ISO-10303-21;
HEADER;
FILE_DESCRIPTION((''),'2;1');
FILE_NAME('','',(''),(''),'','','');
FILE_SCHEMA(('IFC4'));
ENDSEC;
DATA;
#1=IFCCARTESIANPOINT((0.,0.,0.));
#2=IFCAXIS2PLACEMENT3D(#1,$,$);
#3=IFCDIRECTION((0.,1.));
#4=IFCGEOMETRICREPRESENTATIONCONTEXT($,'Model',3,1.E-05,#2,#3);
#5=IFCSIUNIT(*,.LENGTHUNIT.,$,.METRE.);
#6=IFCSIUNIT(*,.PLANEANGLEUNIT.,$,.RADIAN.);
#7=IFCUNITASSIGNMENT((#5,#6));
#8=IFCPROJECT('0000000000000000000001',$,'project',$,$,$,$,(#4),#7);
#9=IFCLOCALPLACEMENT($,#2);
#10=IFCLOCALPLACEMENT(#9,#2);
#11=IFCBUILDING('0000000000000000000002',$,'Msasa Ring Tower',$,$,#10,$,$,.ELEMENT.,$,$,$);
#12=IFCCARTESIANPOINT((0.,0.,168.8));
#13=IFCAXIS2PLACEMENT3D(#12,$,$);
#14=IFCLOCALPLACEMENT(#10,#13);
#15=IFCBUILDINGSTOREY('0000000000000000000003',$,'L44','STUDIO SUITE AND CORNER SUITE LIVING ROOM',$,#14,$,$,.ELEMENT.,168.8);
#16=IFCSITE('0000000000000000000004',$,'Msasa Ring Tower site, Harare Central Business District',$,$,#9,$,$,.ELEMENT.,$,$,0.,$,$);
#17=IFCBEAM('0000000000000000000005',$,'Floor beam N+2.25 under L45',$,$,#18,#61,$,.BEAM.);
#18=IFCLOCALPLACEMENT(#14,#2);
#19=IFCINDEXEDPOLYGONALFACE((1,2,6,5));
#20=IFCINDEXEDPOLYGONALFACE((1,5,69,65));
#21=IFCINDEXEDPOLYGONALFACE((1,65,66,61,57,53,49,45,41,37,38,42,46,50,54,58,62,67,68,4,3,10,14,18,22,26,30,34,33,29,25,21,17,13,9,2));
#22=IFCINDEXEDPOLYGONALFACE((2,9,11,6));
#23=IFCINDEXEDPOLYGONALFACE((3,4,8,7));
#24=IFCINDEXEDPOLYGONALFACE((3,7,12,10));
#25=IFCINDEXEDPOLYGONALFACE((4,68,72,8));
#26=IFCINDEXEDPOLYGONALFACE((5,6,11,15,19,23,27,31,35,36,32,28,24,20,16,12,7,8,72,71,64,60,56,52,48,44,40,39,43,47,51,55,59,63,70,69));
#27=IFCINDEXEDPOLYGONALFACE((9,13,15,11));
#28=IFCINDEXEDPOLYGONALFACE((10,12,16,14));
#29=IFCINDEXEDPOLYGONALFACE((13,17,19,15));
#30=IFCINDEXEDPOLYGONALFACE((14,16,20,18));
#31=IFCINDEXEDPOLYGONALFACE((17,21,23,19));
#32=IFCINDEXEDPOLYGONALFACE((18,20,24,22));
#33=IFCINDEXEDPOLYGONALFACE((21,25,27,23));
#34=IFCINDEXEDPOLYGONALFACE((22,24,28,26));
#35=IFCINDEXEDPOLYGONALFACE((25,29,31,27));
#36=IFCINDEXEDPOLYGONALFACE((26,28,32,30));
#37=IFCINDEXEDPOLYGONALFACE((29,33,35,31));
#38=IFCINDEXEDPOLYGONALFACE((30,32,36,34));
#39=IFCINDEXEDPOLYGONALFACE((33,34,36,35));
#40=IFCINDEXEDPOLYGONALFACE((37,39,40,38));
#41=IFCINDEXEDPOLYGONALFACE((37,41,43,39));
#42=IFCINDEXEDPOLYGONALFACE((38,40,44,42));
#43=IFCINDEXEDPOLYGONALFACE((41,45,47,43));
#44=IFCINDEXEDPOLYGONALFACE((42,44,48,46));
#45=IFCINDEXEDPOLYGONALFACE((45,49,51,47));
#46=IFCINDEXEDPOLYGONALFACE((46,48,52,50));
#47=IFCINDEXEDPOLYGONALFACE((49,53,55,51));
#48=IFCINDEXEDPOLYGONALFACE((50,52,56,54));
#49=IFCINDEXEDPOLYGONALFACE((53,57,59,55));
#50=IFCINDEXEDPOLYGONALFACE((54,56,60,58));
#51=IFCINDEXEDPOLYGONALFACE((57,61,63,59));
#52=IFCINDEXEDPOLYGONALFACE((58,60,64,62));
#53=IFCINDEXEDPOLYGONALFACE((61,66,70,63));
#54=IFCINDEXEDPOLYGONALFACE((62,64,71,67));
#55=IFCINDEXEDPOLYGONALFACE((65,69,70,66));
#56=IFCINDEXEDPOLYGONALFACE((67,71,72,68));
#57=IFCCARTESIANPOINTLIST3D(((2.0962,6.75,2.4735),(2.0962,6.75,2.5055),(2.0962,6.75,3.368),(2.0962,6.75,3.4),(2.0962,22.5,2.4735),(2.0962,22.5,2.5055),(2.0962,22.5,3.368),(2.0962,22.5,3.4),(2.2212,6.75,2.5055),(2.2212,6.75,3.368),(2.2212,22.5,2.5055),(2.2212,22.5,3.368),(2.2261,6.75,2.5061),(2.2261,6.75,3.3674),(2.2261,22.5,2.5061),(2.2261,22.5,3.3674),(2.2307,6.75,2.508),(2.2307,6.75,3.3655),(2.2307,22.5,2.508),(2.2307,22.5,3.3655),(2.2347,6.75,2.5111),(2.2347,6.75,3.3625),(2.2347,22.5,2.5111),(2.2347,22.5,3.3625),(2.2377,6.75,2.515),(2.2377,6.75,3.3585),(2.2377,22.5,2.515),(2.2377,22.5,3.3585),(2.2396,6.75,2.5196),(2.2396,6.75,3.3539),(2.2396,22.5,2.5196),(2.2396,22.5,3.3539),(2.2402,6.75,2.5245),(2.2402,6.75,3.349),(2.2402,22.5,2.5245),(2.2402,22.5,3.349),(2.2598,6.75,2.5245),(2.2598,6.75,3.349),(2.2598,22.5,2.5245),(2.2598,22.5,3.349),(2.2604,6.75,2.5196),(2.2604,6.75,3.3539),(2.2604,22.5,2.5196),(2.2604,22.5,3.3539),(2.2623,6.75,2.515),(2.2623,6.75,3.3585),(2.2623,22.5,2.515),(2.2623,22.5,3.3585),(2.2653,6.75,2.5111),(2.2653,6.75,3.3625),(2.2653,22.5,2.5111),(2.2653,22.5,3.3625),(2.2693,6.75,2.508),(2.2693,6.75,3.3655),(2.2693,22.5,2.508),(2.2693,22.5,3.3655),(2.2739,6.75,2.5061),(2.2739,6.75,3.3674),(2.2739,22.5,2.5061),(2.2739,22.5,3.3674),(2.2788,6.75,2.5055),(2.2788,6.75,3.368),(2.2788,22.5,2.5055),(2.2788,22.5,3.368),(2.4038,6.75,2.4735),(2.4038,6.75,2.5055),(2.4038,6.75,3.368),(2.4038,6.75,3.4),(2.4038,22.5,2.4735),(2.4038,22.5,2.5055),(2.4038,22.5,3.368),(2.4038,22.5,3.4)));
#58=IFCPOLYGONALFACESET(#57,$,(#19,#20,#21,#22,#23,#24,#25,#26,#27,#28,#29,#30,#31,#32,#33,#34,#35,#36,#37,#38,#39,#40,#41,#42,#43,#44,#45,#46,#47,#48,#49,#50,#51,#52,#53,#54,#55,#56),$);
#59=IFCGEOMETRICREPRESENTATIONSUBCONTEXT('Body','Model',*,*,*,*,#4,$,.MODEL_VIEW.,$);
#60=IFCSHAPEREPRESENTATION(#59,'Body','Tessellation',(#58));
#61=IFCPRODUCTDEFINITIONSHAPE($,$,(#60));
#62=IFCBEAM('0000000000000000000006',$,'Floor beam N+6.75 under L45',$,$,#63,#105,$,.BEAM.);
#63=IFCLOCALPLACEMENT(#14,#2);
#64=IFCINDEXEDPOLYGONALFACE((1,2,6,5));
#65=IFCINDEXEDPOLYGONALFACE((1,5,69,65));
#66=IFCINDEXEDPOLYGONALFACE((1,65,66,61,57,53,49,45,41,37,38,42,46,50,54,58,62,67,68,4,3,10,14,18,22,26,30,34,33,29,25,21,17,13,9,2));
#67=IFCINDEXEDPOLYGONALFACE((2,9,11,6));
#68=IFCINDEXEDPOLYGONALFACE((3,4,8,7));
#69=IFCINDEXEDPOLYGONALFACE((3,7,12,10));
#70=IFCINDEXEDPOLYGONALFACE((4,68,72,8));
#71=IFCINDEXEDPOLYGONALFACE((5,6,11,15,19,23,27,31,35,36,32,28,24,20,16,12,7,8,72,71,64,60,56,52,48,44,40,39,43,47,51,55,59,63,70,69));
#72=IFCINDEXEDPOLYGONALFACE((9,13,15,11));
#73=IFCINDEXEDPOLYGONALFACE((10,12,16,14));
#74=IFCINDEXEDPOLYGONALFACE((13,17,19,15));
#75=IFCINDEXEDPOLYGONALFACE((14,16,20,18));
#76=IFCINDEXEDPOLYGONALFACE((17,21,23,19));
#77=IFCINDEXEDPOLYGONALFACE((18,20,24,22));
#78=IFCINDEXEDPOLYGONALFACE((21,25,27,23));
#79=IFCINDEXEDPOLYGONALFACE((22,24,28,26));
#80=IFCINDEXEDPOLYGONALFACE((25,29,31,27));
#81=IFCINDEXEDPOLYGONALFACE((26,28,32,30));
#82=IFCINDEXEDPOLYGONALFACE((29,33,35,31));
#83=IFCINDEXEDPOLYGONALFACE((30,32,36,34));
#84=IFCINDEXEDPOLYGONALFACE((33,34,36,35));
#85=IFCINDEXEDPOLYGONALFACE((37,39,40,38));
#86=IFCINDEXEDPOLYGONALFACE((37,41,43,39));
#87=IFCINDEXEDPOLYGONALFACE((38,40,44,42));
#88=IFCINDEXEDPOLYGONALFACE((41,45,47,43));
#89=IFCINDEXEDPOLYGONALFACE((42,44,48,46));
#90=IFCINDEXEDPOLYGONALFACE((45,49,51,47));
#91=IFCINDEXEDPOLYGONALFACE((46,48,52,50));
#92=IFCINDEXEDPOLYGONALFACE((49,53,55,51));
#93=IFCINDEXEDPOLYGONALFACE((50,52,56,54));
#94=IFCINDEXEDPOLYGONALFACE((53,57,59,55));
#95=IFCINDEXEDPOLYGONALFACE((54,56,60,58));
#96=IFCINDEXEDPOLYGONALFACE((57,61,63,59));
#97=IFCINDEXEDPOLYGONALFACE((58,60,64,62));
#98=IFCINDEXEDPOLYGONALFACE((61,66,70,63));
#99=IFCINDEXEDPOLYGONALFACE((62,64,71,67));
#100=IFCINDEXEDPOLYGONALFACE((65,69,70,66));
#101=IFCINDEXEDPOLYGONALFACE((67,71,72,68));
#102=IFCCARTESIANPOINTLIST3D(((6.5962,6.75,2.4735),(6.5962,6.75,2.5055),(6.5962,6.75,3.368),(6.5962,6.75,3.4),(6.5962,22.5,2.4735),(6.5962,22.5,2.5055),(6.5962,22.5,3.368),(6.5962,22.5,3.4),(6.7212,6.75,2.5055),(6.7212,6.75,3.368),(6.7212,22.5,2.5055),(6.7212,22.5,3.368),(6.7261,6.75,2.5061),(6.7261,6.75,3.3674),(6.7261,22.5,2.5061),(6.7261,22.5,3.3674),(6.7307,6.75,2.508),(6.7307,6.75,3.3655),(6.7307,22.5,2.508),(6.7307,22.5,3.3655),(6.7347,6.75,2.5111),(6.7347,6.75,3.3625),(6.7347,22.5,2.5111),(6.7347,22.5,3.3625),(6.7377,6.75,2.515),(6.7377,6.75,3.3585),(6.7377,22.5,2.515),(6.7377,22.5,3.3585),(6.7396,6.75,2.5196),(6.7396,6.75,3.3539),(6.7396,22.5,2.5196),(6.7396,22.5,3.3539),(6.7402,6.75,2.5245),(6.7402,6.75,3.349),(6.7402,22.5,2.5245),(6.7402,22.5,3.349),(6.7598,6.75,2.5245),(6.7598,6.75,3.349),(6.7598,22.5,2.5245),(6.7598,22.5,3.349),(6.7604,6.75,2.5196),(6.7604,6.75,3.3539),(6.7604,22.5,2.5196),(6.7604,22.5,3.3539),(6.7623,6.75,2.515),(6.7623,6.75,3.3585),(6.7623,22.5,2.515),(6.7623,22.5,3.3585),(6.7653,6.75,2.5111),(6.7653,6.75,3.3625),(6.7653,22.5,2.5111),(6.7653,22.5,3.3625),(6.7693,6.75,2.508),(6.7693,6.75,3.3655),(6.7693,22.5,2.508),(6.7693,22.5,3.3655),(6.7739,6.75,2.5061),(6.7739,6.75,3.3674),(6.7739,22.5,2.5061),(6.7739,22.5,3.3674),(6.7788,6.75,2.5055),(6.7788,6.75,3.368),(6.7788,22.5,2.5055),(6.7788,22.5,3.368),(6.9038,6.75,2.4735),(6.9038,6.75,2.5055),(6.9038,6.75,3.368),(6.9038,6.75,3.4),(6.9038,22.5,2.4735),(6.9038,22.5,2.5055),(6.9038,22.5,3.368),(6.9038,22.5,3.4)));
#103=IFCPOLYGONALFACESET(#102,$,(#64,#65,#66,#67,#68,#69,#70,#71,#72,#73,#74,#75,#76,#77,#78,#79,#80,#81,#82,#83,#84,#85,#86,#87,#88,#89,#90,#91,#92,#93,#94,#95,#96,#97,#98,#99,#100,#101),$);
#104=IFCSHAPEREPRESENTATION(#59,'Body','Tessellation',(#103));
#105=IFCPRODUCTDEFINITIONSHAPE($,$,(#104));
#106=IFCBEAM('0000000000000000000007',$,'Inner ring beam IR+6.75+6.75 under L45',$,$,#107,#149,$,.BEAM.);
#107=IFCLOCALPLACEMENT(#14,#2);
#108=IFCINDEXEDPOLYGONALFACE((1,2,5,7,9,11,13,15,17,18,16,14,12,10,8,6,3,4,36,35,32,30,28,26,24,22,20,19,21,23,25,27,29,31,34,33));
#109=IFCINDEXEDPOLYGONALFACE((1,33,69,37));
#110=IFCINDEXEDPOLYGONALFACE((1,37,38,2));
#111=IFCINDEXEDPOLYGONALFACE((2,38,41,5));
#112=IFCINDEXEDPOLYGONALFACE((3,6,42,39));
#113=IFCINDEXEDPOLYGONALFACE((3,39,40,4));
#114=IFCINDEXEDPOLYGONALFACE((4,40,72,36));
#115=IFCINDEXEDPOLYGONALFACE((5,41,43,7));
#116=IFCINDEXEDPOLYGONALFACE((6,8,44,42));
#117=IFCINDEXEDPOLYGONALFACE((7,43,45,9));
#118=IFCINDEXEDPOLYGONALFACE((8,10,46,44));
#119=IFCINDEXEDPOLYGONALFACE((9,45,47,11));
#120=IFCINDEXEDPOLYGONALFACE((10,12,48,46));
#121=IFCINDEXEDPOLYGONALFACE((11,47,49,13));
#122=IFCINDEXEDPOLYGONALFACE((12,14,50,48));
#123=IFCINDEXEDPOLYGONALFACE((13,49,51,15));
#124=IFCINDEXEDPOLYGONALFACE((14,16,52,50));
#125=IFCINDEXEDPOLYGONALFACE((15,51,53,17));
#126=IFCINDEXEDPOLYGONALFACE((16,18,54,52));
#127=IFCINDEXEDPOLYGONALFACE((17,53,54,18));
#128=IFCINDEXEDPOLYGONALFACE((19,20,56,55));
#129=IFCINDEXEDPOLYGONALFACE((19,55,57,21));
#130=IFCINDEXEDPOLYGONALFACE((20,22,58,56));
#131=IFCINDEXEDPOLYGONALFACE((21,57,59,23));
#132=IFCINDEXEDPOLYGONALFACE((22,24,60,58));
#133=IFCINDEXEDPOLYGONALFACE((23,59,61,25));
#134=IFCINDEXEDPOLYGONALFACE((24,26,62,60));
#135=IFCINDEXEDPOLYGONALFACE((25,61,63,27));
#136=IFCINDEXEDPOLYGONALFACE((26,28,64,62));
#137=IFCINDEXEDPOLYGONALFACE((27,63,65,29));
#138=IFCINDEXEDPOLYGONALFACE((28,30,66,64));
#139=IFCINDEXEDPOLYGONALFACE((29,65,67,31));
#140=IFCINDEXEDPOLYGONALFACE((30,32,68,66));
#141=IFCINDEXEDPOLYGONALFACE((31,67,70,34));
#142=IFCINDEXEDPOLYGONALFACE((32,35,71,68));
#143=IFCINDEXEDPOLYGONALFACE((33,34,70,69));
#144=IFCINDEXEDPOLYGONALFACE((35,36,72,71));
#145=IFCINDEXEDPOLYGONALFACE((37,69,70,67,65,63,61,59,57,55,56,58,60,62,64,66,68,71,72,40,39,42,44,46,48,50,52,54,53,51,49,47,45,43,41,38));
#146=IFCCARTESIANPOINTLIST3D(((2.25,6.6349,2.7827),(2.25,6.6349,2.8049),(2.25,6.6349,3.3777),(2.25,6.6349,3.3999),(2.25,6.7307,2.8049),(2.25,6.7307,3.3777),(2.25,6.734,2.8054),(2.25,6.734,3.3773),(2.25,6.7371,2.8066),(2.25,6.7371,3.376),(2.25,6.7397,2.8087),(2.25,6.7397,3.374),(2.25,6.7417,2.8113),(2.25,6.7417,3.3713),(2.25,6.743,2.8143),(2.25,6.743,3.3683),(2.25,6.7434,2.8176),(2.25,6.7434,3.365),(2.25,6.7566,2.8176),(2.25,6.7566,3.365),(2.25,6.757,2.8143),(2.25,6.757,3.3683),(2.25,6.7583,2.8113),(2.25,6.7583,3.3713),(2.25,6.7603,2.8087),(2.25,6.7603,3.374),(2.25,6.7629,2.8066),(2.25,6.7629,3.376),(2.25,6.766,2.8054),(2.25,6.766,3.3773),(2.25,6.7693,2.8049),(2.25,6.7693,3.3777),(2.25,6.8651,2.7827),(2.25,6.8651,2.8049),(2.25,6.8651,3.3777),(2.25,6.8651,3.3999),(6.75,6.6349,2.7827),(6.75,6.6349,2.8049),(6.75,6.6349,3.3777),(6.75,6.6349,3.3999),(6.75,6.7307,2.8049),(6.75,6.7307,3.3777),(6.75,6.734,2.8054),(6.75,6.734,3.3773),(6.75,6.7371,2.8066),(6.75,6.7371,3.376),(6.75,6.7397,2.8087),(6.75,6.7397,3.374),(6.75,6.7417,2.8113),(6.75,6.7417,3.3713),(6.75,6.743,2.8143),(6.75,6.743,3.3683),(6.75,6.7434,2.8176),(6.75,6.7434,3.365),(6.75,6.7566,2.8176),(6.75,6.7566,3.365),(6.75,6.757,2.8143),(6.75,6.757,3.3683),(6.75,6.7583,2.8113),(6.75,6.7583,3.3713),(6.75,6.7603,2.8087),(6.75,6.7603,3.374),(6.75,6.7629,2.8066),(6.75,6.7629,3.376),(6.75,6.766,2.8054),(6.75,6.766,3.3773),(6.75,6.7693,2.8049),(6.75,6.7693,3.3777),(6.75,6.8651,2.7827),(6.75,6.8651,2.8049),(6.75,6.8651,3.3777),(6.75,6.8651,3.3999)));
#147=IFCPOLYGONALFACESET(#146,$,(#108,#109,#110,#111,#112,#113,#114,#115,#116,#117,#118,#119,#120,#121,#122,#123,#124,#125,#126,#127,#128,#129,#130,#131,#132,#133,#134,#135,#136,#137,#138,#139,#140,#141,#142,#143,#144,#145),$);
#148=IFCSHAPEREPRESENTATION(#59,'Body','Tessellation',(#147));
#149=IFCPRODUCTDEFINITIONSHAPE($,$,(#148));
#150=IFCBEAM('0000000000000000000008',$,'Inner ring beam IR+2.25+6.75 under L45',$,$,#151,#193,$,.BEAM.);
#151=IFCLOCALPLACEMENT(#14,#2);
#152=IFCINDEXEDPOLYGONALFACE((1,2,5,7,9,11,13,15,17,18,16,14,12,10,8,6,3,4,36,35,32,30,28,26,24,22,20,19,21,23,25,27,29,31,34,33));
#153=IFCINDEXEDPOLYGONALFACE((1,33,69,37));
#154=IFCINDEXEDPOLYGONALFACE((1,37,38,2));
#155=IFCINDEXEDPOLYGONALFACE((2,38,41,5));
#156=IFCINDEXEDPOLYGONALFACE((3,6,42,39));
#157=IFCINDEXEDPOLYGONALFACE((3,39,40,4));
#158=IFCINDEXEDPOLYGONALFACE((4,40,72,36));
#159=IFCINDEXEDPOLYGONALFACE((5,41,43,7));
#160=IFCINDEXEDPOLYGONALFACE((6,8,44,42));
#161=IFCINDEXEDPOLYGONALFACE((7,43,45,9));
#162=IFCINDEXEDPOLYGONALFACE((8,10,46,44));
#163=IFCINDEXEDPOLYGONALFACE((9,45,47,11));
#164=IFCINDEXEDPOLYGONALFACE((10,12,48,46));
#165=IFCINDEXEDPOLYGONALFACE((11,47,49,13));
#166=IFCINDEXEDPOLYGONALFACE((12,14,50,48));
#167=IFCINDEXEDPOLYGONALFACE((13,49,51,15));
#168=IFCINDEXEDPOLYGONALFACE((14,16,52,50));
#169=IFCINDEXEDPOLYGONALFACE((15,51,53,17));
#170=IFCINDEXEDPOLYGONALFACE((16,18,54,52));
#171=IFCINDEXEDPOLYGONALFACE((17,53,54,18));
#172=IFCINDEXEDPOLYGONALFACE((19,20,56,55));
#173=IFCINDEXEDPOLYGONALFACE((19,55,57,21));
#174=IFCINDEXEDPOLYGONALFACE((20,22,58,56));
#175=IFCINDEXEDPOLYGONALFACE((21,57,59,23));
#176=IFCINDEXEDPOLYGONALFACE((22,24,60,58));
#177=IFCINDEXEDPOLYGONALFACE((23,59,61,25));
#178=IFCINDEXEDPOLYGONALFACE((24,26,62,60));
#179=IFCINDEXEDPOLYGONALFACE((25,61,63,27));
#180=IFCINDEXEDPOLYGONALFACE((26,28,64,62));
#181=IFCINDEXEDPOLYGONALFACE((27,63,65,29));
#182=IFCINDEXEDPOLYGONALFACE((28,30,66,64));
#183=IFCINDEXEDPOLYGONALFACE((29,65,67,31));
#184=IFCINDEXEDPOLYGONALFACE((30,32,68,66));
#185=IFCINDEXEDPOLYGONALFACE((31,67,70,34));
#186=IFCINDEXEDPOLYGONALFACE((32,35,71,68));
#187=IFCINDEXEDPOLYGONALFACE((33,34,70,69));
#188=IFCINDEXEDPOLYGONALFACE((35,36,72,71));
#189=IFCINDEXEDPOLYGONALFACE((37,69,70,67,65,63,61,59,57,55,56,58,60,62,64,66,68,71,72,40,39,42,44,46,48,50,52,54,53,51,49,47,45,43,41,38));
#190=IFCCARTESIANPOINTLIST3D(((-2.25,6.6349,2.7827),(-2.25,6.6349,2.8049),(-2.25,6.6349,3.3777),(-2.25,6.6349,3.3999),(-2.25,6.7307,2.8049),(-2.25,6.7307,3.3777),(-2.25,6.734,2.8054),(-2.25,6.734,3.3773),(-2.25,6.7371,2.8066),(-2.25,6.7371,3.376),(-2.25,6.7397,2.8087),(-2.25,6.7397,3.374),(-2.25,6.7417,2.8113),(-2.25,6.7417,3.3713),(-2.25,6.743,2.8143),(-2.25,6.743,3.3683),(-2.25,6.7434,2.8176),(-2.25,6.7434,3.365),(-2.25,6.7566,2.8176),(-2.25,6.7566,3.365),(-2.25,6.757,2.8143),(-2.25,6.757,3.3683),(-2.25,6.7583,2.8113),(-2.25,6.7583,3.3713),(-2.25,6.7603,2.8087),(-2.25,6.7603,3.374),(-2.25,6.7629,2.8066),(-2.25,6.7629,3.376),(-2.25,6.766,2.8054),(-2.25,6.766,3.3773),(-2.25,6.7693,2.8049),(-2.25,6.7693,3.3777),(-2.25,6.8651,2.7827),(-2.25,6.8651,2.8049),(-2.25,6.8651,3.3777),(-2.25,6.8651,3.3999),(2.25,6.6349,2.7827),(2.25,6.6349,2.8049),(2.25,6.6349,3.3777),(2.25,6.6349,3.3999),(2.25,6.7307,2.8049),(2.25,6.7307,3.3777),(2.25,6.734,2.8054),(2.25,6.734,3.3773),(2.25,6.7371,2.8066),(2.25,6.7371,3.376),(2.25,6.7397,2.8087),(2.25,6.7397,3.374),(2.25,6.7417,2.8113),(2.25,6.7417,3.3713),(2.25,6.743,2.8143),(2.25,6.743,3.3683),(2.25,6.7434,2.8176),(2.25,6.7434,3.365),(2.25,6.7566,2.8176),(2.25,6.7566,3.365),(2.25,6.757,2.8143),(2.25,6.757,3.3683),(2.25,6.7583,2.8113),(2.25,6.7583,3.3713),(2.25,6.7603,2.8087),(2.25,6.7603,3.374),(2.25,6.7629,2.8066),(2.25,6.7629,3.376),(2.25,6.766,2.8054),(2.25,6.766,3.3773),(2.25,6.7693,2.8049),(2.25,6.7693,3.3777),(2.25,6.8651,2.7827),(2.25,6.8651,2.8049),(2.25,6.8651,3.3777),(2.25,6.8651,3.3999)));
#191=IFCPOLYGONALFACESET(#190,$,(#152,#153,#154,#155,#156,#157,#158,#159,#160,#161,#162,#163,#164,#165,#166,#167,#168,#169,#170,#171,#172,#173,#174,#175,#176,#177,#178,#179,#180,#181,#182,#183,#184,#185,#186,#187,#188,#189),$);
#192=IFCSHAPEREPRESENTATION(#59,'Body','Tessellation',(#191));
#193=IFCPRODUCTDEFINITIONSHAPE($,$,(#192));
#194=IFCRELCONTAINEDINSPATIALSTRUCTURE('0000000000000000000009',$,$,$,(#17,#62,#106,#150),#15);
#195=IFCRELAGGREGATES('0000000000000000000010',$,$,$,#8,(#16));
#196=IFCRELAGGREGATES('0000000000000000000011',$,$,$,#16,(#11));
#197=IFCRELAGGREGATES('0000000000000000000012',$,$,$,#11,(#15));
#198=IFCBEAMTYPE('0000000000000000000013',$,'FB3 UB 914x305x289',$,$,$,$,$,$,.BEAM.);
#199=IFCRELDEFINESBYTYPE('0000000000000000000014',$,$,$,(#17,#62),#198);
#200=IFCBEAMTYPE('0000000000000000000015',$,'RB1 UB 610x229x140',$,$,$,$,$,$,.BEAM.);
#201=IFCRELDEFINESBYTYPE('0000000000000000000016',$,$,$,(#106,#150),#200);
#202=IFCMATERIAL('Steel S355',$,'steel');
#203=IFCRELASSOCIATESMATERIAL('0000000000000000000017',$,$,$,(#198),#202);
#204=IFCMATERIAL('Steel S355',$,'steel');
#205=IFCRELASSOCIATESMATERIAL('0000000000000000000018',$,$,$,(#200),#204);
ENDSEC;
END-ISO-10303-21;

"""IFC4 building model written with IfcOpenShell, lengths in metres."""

from ifc_helpers import new_model, si_unit, direction, frame, origin, origin_2d, place, context, subcontext, project, spatial, i_section, extrude, material, material_profile, profile_set, type_object, element, save


model = new_model("IFC4")

# Units and contexts
model_context = context("Model", 3, precision=1e-05, world=origin(), true_north=direction((0.0, 1.0)))
body_context = subcontext(model_context, "Body", "Model", "MODEL_VIEW")
ifc_project = project(units=[si_unit("LENGTHUNIT", "METRE"), si_unit("PLANEANGLEUNIT", "RADIAN")], contexts=[model_context])

# Site, building, storey
site_placement = place(None, origin())
site = spatial("IfcSite", under=ifc_project, at=site_placement, Name="Msasa Ring Tower site, Harare Central Business District", CompositionType="ELEMENT", RefElevation=0.0)
building_placement = place(site_placement, origin())
building = spatial("IfcBuilding", under=site, at=building_placement, Name="Msasa Ring Tower", CompositionType="ELEMENT")
storey_placement = place(building_placement, frame((0.0, 0.0, 168.8)))
storey = spatial("IfcBuildingStorey", under=building, at=storey_placement, Name="L44", Description="STUDIO SUITE AND CORNER SUITE LIVING ROOM", CompositionType="ELEMENT", Elevation=168.8)

# Beams
ifc_material_1 = material(Name="Steel S355", Category="steel")
ifc_material_profile_1 = material_profile(ifc_material_1, i_section(OverallWidth=0.3076, OverallDepth=0.9265, WebThickness=0.0195, FlangeThickness=0.032, FilletRadius=0.019, at=origin_2d()), Name="UB 914x305x289")
ifc_profile_set_1 = profile_set([ifc_material_profile_1], Name="Steel S355")
beam_type_1 = type_object("IfcBeamType", Name="FB3 UB 914x305x289", PredefinedType="BEAM", material=ifc_profile_set_1)
for number, where, z_axis, x_axis, name in (
    (1, (2.25, 22.5, 2.9368), (0.0, -1.0, 0.0), (1.0, 0.0, 0.0), "Floor beam N+2.25 under L45"),
    (2, (6.75, 22.5, 2.9368), (0.0, -1.0, 0.0), (1.0, 0.0, 0.0), "Floor beam N+6.75 under L45"),
):
    element("IfcBeam", number, at=place(storey_placement, frame(where, z_axis=z_axis, x_axis=x_axis)), inside=storey, type_object=beam_type_1, Name=name, PredefinedType="BEAM", context=body_context, shape_type="SweptSolid", body=[
        extrude(i_section(OverallWidth=0.3076, OverallDepth=0.9265, WebThickness=0.0195, FlangeThickness=0.032, FilletRadius=0.019, at=origin_2d()), origin(), (0.0, 0.0, 1.0), 15.75),
    ])
ifc_material_2 = material(Name="Steel S355", Category="steel")
ifc_material_profile_2 = material_profile(ifc_material_2, i_section(OverallWidth=0.2302, OverallDepth=0.6172, WebThickness=0.0132, FlangeThickness=0.0222, FilletRadius=0.0127, at=origin_2d()), Name="UB 610x229x140")
ifc_profile_set_2 = profile_set([ifc_material_profile_2], Name="Steel S355")
beam_type_2 = type_object("IfcBeamType", Name="RB1 UB 610x229x140", PredefinedType="BEAM", material=ifc_profile_set_2)
for number, where, z_axis, x_axis, name in (
    (3, (6.75, 6.75, 3.0913), (-1.0, 0.0, 0.0), (0.0, -1.0, 0.0), "Inner ring beam IR+6.75+6.75 under L45"),
    (4, (2.25, 6.75, 3.0913), (-1.0, 0.0, 0.0), (0.0, -1.0, 0.0), "Inner ring beam IR+2.25+6.75 under L45"),
):
    element("IfcBeam", number, at=place(storey_placement, frame(where, z_axis=z_axis, x_axis=x_axis)), inside=storey, type_object=beam_type_2, Name=name, PredefinedType="BEAM", context=body_context, shape_type="SweptSolid", body=[
        extrude(i_section(OverallWidth=0.2302, OverallDepth=0.6172, WebThickness=0.0132, FlangeThickness=0.0222, FilletRadius=0.0127, at=origin_2d()), origin(), (0.0, 0.0, 1.0), 4.5),
    ])

save(model, "model.ifc")
